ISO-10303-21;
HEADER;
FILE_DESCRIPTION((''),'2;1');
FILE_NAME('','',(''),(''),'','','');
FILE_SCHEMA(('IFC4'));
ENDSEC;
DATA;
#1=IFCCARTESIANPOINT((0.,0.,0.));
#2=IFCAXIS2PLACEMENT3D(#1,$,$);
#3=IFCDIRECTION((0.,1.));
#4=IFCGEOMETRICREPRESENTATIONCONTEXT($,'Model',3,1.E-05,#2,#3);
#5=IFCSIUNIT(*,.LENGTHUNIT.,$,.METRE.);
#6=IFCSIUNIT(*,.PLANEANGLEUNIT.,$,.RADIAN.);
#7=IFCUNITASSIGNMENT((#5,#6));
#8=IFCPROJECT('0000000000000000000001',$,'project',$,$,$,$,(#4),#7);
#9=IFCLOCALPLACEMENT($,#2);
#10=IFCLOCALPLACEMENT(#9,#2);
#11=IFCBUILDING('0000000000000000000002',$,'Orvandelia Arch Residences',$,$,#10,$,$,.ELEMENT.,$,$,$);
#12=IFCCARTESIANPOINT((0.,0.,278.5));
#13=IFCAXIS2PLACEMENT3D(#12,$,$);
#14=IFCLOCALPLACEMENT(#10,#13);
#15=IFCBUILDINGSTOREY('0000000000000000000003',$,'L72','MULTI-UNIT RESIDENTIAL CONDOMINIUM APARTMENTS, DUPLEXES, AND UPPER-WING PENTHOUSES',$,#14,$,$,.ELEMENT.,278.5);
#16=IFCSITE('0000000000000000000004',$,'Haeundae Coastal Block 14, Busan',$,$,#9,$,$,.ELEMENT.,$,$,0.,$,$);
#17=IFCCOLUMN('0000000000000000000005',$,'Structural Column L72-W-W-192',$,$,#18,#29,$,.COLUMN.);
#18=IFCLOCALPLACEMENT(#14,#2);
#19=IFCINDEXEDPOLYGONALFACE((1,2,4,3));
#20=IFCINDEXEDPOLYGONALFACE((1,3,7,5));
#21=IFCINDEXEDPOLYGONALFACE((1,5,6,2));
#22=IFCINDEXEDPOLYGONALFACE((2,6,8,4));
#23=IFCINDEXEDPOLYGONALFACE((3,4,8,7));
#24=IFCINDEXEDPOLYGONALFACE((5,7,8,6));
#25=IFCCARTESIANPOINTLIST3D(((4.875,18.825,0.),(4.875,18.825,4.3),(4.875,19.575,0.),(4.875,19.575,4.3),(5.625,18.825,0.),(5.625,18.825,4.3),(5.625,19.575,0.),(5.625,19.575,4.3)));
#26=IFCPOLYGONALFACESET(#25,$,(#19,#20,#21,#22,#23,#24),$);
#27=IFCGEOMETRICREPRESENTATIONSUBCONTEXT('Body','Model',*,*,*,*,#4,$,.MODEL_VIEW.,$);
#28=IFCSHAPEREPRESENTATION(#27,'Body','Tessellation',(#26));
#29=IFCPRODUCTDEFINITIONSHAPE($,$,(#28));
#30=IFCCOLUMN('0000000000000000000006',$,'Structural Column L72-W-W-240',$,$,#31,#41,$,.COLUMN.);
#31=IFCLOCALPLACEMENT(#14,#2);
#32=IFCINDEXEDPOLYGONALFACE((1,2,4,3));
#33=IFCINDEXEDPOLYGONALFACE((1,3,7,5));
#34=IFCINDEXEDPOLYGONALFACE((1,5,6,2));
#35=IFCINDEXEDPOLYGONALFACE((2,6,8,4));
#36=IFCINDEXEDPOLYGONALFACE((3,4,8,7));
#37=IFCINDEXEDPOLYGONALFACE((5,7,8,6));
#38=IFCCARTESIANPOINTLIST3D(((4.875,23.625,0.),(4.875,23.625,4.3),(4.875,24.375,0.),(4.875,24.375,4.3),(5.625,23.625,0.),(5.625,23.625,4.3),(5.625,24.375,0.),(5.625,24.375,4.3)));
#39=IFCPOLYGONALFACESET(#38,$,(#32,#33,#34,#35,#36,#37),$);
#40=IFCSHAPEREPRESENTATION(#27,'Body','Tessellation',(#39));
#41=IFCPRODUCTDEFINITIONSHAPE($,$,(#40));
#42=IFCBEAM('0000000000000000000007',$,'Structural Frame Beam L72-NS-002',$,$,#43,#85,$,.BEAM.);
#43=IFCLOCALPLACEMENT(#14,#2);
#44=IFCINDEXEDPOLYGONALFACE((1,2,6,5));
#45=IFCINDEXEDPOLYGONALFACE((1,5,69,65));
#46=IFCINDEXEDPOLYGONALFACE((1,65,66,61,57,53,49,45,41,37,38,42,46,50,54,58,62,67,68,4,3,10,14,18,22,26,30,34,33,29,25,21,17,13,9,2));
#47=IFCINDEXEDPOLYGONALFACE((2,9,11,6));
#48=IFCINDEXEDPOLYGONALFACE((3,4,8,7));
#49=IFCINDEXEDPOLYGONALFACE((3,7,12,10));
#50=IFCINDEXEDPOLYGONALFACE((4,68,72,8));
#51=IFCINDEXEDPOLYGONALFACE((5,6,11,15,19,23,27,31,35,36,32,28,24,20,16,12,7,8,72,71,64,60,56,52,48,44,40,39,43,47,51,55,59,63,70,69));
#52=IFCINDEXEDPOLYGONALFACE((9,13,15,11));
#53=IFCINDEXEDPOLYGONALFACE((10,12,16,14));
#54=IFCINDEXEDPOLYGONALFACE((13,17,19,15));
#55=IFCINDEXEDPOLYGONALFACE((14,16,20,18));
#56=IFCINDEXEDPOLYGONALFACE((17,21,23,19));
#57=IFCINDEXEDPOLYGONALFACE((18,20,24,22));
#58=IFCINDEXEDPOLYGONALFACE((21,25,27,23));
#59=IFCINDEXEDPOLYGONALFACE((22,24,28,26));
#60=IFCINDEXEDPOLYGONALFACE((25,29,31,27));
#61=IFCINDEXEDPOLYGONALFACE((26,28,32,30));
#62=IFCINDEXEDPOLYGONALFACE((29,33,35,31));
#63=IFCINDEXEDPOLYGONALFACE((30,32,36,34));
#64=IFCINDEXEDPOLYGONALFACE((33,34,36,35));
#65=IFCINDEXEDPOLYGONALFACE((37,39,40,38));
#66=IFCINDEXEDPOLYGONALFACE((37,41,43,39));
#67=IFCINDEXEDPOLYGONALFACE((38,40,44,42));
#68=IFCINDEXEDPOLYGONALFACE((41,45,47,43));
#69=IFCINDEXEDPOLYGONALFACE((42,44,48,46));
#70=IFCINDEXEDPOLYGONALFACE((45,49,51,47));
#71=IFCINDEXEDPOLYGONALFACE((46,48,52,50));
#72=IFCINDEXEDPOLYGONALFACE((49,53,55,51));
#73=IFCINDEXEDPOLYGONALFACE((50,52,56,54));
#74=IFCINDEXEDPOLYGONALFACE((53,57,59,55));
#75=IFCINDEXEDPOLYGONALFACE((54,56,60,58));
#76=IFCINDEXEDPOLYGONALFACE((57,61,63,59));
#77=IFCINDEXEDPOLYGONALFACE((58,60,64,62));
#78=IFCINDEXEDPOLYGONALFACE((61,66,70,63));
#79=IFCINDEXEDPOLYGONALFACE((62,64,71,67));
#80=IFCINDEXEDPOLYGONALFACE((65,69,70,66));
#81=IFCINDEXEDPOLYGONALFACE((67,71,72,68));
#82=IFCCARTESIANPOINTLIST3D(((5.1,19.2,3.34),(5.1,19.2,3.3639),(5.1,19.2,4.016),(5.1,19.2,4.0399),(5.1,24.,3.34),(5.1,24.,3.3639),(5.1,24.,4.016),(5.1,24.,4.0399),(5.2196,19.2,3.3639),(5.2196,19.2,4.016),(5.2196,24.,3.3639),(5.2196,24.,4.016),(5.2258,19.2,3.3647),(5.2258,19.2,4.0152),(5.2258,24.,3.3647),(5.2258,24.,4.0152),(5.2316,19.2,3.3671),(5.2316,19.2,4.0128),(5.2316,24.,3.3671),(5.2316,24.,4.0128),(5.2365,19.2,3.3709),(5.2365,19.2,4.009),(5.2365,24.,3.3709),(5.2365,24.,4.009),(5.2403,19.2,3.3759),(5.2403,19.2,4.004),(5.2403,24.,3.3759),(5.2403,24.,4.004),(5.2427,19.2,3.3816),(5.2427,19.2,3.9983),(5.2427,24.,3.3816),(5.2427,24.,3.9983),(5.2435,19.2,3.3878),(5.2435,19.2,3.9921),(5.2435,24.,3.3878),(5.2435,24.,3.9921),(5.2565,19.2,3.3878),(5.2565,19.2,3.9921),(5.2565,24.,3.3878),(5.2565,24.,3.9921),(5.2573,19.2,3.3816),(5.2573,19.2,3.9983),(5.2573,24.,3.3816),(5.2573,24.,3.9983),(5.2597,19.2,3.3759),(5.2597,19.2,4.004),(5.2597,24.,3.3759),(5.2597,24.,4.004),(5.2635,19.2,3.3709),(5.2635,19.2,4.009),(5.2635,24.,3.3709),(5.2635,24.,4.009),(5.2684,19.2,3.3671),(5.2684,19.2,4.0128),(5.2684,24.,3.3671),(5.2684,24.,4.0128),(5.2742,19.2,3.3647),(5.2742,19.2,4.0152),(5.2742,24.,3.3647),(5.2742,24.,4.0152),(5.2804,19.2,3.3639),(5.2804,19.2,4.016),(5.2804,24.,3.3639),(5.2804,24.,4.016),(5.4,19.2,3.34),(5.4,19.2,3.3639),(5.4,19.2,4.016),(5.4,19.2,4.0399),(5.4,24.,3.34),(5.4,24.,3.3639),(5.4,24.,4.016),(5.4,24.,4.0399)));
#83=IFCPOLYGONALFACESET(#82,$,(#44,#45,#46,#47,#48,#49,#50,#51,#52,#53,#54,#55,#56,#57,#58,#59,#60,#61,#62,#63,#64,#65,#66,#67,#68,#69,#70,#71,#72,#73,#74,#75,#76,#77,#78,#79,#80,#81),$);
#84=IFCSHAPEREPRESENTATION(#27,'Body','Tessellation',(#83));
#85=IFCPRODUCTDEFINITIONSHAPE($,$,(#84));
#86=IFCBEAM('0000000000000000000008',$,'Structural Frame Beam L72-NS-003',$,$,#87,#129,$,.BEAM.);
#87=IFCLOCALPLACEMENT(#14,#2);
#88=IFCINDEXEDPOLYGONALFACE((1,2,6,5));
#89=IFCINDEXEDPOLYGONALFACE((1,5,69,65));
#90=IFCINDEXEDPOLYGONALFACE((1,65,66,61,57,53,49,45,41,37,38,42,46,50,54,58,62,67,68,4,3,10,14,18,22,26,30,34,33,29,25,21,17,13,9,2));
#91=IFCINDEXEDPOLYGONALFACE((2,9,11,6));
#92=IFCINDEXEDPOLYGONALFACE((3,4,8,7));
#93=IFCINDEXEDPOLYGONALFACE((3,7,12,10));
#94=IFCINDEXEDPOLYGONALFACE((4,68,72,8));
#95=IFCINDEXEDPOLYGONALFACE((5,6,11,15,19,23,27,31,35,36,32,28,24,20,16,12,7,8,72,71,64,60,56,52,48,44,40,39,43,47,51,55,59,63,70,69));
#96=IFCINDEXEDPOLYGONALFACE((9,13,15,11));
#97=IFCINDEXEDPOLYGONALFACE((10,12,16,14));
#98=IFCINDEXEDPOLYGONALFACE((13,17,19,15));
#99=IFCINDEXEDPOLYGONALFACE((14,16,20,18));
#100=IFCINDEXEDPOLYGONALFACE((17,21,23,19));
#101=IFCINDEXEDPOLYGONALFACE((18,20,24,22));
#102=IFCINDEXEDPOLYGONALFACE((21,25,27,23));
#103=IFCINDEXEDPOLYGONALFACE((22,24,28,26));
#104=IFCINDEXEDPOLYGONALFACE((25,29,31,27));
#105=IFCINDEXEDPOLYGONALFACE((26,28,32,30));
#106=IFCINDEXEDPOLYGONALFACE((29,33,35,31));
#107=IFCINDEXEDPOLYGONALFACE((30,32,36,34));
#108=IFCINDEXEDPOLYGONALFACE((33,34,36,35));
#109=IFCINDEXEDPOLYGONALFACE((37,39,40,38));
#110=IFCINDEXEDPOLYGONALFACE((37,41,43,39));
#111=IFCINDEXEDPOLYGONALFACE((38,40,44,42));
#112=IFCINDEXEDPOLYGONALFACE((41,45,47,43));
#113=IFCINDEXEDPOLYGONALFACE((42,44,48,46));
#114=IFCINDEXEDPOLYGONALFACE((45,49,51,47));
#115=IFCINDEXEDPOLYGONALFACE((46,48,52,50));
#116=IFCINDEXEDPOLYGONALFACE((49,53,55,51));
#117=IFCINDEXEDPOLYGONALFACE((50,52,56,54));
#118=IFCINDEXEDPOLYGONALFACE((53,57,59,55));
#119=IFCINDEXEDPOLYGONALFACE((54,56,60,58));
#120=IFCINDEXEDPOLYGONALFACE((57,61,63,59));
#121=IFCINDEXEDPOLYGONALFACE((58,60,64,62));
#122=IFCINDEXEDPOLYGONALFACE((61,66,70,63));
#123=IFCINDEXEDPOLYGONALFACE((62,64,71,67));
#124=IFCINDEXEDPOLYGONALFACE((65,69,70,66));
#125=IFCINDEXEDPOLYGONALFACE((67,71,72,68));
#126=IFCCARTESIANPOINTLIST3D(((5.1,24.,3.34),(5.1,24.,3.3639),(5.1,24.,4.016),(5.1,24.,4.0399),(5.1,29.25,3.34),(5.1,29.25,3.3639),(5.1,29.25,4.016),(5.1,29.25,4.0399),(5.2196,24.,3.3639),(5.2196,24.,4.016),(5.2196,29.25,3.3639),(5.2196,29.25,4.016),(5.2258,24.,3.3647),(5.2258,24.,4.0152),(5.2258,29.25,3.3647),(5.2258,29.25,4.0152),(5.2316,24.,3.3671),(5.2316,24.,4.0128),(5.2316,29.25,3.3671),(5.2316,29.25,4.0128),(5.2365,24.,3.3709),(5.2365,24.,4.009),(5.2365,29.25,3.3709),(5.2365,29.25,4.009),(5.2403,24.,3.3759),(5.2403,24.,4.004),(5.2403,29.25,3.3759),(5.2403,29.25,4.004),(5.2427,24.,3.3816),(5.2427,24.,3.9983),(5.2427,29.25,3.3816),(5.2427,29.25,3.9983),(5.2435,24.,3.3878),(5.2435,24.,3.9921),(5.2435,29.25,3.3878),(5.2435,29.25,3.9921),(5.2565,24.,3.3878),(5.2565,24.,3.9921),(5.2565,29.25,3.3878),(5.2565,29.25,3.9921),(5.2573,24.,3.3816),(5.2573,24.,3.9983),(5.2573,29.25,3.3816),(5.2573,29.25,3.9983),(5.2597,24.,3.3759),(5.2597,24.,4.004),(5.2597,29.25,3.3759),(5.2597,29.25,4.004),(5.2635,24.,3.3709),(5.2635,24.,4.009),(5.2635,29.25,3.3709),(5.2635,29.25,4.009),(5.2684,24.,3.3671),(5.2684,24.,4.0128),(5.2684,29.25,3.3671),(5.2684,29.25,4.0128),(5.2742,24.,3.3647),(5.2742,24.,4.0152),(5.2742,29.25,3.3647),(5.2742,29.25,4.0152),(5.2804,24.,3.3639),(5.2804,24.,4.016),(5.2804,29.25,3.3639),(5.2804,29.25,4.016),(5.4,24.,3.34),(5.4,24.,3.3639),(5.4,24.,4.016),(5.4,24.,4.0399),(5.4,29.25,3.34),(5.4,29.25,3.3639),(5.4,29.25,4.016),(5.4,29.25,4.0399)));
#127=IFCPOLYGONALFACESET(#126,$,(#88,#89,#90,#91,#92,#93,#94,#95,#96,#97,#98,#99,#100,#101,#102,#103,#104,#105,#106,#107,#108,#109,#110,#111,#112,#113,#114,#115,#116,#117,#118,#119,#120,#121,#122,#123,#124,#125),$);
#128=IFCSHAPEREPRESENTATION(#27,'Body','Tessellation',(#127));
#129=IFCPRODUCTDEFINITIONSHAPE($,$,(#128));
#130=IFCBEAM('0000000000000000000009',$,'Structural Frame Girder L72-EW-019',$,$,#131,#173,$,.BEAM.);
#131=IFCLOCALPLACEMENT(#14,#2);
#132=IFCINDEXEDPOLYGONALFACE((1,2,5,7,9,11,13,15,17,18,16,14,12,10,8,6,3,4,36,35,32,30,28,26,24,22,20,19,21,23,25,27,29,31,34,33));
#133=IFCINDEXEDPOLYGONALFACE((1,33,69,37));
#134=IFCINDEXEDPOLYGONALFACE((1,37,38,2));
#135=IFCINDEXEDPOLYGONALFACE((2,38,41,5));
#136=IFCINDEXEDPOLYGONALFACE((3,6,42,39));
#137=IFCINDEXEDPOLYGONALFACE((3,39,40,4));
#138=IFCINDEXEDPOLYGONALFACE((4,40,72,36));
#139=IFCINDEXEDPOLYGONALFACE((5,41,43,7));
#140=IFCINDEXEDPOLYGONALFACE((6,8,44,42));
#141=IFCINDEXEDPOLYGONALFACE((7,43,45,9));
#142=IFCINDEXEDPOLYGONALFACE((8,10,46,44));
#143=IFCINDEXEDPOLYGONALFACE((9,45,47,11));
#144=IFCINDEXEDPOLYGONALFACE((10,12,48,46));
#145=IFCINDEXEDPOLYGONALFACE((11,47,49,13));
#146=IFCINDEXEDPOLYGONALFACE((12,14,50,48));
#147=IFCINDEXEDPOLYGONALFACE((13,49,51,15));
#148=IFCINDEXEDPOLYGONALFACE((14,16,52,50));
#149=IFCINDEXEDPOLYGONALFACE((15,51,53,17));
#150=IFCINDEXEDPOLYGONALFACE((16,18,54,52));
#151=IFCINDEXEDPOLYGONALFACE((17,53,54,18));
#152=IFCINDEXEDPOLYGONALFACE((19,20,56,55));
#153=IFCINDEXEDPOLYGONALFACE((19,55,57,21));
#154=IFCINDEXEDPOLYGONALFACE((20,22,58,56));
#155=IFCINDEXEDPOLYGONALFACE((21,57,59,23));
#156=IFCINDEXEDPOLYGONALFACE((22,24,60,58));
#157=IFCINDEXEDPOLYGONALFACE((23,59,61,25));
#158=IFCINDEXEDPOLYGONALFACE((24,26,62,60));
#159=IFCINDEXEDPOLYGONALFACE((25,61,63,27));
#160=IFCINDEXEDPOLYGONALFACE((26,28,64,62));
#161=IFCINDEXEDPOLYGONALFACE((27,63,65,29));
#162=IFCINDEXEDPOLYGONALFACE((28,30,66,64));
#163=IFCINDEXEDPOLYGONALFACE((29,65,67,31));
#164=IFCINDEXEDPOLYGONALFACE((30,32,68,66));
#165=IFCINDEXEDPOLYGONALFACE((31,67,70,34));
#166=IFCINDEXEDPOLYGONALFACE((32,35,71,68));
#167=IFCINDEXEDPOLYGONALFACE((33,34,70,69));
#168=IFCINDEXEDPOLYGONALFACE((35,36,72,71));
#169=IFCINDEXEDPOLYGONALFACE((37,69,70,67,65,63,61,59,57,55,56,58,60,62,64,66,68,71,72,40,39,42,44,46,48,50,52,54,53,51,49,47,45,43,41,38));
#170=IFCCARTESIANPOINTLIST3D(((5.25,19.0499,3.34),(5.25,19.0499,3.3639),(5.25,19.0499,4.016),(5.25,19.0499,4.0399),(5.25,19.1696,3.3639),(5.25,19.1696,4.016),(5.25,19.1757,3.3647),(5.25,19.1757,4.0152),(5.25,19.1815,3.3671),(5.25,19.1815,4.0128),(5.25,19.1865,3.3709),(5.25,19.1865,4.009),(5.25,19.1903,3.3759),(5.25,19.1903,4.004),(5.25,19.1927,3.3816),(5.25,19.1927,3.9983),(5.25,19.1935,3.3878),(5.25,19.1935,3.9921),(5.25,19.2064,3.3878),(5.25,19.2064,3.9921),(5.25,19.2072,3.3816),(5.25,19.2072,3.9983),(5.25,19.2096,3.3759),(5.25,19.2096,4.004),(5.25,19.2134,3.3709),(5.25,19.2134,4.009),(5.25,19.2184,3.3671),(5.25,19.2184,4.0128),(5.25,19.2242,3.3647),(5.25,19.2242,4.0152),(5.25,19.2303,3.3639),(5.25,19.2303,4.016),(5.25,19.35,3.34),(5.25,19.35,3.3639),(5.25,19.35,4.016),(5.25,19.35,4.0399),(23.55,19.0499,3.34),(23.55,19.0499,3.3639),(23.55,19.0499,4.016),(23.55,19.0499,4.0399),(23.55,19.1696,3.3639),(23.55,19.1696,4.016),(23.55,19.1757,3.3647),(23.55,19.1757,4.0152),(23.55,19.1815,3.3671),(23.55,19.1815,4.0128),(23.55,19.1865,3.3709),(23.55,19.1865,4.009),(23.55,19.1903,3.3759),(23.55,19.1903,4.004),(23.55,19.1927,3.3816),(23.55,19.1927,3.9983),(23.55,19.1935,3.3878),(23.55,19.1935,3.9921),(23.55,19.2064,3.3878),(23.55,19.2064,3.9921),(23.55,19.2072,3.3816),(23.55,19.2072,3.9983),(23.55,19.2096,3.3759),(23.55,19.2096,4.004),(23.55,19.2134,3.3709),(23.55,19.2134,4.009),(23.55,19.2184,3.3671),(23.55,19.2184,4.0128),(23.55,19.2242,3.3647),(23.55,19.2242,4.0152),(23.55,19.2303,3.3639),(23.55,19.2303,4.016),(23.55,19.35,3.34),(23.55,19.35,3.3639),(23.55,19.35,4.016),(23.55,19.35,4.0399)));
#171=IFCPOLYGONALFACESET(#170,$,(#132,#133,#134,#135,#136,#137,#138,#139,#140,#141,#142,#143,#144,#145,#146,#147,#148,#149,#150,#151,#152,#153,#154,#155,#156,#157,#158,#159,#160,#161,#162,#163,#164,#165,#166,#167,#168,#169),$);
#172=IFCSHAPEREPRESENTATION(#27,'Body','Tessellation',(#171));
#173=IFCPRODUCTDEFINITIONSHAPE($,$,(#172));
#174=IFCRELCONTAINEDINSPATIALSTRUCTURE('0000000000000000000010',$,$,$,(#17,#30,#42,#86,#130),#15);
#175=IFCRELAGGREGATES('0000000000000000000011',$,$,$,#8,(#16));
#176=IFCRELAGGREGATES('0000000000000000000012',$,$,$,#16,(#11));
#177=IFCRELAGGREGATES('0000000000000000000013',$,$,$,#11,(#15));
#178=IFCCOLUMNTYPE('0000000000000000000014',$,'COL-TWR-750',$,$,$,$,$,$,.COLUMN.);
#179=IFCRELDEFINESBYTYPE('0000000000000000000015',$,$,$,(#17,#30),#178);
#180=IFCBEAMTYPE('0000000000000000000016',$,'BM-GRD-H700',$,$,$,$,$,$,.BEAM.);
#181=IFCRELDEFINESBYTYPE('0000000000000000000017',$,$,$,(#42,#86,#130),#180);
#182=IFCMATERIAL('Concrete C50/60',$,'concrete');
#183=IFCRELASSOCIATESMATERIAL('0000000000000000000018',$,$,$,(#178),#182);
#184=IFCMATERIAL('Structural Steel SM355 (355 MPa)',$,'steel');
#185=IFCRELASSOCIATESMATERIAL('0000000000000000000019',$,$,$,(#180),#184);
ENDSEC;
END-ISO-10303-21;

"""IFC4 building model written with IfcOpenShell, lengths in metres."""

from ifc_helpers import new_model, si_unit, direction, frame, origin, origin_2d, place, context, subcontext, project, spatial, rectangle, i_section, extrude, material, material_profile, profile_set, type_object, element, save


model = new_model("IFC4")

# Units and contexts
model_context = context("Model", 3, precision=1e-05, world=origin(), true_north=direction((0.0, 1.0)))
body_context = subcontext(model_context, "Body", "Model", "MODEL_VIEW")
ifc_project = project(units=[si_unit("LENGTHUNIT", "METRE"), si_unit("PLANEANGLEUNIT", "RADIAN")], contexts=[model_context])

# Site, building, storey
site_placement = place(None, origin())
site = spatial("IfcSite", under=ifc_project, at=site_placement, Name="Haeundae Coastal Block 14, Busan", CompositionType="ELEMENT", RefElevation=0.0)
building_placement = place(site_placement, origin())
building = spatial("IfcBuilding", under=site, at=building_placement, Name="Orvandelia Arch Residences", CompositionType="ELEMENT")
storey_placement = place(building_placement, frame((0.0, 0.0, 278.5)))
storey = spatial("IfcBuildingStorey", under=building, at=storey_placement, Name="L72", Description="MULTI-UNIT RESIDENTIAL CONDOMINIUM APARTMENTS, DUPLEXES, AND UPPER-WING PENTHOUSES", CompositionType="ELEMENT", Elevation=278.5)

# Columns
ifc_material_1 = material(Name="Concrete C50/60", Category="concrete")
ifc_material_profile_1 = material_profile(ifc_material_1, rectangle(XDim=0.75, YDim=0.75, at=origin_2d()), Name="Concrete C50/60", Category="concrete")
ifc_profile_set_1 = profile_set([ifc_material_profile_1], Name="Concrete C50/60")
column_type = type_object("IfcColumnType", Name="COL-TWR-750", PredefinedType="COLUMN", material=ifc_profile_set_1)
for number, where, z_axis, x_axis, name in (
    (1, (5.25, 19.2, 0.0), (0.0, 0.0, 1.0), (1.0, 0.0, 0.0), "Structural Column L72-W-W-192"),
    (2, (5.25, 24.0, 0.0), (0.0, 0.0, 1.0), (1.0, 0.0, 0.0), "Structural Column L72-W-W-240"),
):
    element("IfcColumn", number, at=place(storey_placement, frame(where, z_axis=z_axis, x_axis=x_axis)), inside=storey, type_object=column_type, Name=name, PredefinedType="COLUMN", context=body_context, shape_type="SweptSolid", body=[
        extrude(rectangle(XDim=0.75, YDim=0.75, at=origin_2d()), origin(), (0.0, 0.0, 1.0), 4.3),
    ])

# Beams
ifc_material_2 = material(Name="Structural Steel SM355 (355 MPa)", Category="steel")
ifc_material_profile_2 = material_profile(ifc_material_2, i_section(OverallWidth=0.3, OverallDepth=0.7, WebThickness=0.0129, FlangeThickness=0.0239, FilletRadius=0.0239, at=origin_2d()), Name="Structural Steel SM355 (355 MPa)", Category="steel")
ifc_profile_set_2 = profile_set([ifc_material_profile_2], Name="Structural Steel SM355 (355 MPa)")
beam_type = type_object("IfcBeamType", Name="BM-GRD-H700", PredefinedType="BEAM", material=ifc_profile_set_2)
beam_1_placement = place(storey_placement, frame((5.25, 19.2, 3.6899), z_axis=(0.0, 1.0, 0.0), x_axis=(-1.0, 0.0, 0.0)))
element("IfcBeam", 3, at=beam_1_placement, inside=storey, type_object=beam_type, Name="Structural Frame Beam L72-NS-002", PredefinedType="BEAM", context=body_context, shape_type="SweptSolid", body=[
    extrude(i_section(OverallWidth=0.3, OverallDepth=0.7, WebThickness=0.0129, FlangeThickness=0.0239, FilletRadius=0.0239, at=origin_2d()), origin(), (0.0, 0.0, 1.0), 4.8),
])
beam_2_placement = place(storey_placement, frame((5.25, 24.0, 3.6899), z_axis=(0.0, 1.0, 0.0), x_axis=(-1.0, 0.0, 0.0)))
element("IfcBeam", 4, at=beam_2_placement, inside=storey, type_object=beam_type, Name="Structural Frame Beam L72-NS-003", PredefinedType="BEAM", context=body_context, shape_type="SweptSolid", body=[
    extrude(i_section(OverallWidth=0.3, OverallDepth=0.7, WebThickness=0.0129, FlangeThickness=0.0239, FilletRadius=0.0239, at=origin_2d()), origin(), (0.0, 0.0, 1.0), 5.25),
])
for number, where, z_axis, x_axis, name in (
    (5, (5.25, 19.2, 3.6899), (1.0, 0.0, 0.0), (0.0, 1.0, 0.0), "Structural Frame Girder L72-EW-019"),
):
    element("IfcBeam", number, at=place(storey_placement, frame(where, z_axis=z_axis, x_axis=x_axis)), inside=storey, type_object=beam_type, Name=name, PredefinedType="BEAM", context=body_context, shape_type="SweptSolid", body=[
        extrude(i_section(OverallWidth=0.3, OverallDepth=0.7, WebThickness=0.0129, FlangeThickness=0.0239, FilletRadius=0.0239, at=origin_2d()), origin(), (0.0, 0.0, 1.0), 18.3),
    ])

save(model, "model.ifc")
